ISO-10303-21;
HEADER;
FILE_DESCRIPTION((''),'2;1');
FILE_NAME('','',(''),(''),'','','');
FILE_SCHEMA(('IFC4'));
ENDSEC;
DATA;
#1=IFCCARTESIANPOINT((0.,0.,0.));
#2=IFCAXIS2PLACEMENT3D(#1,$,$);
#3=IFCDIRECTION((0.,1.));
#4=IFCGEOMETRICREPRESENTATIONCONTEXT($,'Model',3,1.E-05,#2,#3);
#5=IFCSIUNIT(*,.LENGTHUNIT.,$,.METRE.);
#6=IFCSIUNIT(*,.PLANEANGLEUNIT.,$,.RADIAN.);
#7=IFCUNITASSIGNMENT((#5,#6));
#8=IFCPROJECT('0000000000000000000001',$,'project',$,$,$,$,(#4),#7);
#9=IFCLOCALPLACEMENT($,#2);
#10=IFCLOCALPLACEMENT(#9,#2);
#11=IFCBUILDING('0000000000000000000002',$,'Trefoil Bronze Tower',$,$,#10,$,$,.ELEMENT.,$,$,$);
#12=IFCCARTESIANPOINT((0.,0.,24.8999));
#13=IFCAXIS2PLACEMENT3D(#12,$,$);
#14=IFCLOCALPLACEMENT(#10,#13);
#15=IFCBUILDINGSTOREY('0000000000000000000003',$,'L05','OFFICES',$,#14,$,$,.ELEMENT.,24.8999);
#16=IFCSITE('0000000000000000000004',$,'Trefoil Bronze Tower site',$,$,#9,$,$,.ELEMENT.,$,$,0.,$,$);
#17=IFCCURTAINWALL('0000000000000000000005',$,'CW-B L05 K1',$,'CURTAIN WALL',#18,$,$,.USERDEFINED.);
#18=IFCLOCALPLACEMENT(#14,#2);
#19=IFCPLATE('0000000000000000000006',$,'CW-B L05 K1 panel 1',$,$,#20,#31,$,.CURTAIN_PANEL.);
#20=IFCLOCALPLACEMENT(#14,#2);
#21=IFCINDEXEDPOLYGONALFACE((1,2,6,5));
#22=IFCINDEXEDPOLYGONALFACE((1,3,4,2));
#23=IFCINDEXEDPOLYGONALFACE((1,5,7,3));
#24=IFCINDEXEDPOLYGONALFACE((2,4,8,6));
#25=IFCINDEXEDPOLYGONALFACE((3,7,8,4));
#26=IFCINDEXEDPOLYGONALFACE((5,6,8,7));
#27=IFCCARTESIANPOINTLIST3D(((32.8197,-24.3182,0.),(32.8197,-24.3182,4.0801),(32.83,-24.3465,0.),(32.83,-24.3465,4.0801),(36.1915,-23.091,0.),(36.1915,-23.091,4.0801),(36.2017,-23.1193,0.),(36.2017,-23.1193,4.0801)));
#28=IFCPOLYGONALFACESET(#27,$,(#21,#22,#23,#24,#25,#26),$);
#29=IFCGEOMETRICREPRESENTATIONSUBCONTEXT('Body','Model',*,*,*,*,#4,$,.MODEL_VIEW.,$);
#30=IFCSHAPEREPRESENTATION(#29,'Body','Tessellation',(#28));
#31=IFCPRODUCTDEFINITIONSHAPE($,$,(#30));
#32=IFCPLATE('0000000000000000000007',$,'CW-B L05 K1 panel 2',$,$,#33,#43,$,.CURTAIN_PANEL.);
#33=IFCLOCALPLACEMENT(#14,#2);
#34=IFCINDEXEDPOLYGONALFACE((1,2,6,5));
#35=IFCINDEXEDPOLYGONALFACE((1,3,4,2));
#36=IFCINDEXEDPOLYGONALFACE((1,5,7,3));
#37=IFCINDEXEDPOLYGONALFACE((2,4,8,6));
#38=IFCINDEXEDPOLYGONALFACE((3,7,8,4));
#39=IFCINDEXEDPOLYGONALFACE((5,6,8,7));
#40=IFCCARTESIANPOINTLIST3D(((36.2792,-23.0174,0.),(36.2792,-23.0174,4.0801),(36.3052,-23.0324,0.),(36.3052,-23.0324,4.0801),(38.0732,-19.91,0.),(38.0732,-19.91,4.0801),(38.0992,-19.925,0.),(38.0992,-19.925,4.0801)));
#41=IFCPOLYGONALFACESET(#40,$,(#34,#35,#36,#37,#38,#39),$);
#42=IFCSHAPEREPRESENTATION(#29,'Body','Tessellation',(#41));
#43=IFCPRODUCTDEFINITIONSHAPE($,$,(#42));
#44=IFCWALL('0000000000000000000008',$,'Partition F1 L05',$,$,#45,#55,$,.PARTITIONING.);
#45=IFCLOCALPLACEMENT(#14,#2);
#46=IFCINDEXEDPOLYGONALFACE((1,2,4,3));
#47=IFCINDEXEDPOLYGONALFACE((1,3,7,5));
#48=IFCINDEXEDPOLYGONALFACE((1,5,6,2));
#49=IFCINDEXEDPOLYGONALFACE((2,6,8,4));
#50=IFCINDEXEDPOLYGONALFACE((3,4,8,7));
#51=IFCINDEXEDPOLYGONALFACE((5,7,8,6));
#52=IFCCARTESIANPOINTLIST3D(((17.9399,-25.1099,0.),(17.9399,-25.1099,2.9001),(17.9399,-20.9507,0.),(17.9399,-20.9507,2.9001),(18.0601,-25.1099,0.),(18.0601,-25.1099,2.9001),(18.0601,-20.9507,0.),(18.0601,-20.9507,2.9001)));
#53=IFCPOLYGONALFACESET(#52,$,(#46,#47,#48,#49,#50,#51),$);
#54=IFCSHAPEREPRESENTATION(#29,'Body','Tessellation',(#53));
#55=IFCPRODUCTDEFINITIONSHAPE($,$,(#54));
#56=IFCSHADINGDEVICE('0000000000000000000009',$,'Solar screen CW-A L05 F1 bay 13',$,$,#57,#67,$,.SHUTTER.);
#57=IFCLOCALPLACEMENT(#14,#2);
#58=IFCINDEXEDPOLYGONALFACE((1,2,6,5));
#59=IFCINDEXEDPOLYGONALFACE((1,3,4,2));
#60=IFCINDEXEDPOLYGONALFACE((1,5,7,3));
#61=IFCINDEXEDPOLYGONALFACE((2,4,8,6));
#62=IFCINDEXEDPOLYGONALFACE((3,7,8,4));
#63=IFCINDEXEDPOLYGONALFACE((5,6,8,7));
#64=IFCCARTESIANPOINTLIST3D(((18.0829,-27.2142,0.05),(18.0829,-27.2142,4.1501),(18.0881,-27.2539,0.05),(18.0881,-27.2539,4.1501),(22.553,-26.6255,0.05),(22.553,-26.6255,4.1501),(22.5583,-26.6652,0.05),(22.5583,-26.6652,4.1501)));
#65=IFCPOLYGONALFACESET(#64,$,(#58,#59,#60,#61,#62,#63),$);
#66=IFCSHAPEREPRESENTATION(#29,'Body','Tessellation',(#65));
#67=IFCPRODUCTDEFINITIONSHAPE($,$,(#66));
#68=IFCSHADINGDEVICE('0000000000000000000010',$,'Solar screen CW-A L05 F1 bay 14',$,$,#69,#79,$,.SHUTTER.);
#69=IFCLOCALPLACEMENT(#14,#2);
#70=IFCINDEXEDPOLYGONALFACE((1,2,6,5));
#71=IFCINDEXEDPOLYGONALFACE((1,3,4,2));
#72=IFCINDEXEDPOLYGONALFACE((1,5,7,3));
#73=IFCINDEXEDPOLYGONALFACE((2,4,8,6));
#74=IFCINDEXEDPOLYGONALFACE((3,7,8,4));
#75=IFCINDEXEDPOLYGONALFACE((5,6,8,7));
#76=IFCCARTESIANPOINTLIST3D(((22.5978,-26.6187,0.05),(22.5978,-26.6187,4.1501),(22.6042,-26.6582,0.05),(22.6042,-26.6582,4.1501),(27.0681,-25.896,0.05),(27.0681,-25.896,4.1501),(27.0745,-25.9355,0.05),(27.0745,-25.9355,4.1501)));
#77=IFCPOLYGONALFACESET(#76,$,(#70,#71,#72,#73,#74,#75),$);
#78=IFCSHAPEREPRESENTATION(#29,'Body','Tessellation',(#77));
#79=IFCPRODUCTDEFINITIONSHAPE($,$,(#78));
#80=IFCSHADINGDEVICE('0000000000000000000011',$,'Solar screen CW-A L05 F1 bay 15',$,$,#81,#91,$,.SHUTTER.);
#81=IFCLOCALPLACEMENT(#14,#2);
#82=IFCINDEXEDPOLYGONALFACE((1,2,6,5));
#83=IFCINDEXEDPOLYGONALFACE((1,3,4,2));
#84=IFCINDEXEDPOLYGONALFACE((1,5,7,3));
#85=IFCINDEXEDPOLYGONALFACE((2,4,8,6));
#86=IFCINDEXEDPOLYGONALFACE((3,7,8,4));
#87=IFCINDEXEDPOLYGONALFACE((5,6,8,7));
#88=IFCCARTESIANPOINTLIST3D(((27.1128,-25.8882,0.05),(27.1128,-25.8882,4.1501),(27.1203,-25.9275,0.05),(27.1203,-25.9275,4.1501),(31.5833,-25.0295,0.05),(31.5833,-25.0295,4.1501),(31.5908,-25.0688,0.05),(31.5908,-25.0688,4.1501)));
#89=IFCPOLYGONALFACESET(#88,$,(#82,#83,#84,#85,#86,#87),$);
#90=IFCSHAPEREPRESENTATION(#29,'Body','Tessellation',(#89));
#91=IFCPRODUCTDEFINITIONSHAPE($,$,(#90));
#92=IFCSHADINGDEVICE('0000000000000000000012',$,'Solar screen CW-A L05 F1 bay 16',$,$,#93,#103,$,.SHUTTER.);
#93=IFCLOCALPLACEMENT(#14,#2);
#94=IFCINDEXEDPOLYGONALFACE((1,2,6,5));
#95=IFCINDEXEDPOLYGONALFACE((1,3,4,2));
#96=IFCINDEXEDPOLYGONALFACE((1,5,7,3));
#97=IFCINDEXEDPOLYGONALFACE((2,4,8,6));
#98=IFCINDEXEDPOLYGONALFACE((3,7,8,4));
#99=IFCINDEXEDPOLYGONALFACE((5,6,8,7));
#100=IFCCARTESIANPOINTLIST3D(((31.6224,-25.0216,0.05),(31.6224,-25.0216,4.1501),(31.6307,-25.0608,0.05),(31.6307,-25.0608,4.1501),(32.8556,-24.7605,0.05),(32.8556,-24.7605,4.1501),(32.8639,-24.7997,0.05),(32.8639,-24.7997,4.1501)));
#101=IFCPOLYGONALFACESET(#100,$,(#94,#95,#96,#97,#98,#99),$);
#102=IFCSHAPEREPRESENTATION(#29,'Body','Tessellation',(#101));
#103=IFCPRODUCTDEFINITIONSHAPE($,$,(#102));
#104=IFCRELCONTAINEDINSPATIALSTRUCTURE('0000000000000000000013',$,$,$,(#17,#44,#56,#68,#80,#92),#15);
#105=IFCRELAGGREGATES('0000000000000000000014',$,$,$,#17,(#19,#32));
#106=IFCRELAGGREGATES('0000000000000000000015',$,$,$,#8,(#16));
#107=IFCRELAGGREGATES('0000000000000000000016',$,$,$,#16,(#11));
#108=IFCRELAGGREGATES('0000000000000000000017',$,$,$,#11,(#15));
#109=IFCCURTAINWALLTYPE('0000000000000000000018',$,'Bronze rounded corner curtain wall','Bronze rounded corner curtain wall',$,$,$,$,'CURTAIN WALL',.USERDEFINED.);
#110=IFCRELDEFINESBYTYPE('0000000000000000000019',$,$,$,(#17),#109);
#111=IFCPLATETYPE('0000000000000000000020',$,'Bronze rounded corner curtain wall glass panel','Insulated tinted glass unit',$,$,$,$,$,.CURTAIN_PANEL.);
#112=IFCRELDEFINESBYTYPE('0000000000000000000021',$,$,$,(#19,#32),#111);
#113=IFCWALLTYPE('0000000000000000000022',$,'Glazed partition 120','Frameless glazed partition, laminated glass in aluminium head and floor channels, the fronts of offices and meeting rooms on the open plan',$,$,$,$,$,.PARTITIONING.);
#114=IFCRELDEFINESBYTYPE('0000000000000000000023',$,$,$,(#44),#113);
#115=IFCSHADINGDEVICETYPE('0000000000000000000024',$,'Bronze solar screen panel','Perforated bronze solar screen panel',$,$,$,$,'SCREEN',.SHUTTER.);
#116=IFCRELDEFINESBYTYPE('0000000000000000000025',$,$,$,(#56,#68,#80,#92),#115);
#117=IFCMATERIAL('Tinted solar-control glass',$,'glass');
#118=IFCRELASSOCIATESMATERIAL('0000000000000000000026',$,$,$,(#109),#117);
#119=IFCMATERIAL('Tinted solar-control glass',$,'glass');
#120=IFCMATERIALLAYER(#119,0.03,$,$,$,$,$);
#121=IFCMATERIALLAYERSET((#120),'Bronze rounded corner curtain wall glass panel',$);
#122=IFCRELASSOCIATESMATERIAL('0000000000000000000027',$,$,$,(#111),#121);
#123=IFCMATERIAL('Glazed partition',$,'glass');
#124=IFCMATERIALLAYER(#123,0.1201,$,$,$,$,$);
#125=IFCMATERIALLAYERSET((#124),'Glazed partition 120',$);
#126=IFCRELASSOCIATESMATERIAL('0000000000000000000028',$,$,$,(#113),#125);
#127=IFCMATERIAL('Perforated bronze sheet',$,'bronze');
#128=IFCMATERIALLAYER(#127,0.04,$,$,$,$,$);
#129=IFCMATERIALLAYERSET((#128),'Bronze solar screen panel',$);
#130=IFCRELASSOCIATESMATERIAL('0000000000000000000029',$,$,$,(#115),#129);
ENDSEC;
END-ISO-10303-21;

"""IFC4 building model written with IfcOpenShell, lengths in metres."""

from ifc_helpers import new_model, si_unit, direction, frame, frame_2d, origin, origin_2d, place, context, subcontext, project, spatial, rectangle, extrude, material, layer, layer_set, type_object, element, aggregate, save


model = new_model("IFC4")

# Units and contexts
model_context = context("Model", 3, precision=1e-05, world=origin(), true_north=direction((0.0, 1.0)))
body_context = subcontext(model_context, "Body", "Model", "MODEL_VIEW")
ifc_project = project(units=[si_unit("LENGTHUNIT", "METRE"), si_unit("PLANEANGLEUNIT", "RADIAN")], contexts=[model_context])

# Site, building, storey
site_placement = place(None, origin())
site = spatial("IfcSite", under=ifc_project, at=site_placement, Name="Trefoil Bronze Tower site", CompositionType="ELEMENT", RefElevation=0.0)
building_placement = place(site_placement, origin())
building = spatial("IfcBuilding", under=site, at=building_placement, Name="Trefoil Bronze Tower", CompositionType="ELEMENT")
storey_placement = place(building_placement, frame((0.0, 0.0, 24.8999)))
storey = spatial("IfcBuildingStorey", under=building, at=storey_placement, Name="L05", Description="OFFICES", CompositionType="ELEMENT", Elevation=24.8999)

# Curtain wall
ifc_material_1 = material(Name="Tinted solar-control glass", Category="glass")
curtain_wall_type_1 = type_object("IfcCurtainWallType", Name="Bronze rounded corner curtain wall", Description="Bronze rounded corner curtain wall", ElementType="CURTAIN WALL", PredefinedType="USERDEFINED", material=ifc_material_1)
curtain_wall_1_placement = place(storey_placement, origin())
curtain_wall_1 = element("IfcCurtainWall", 1, at=curtain_wall_1_placement, inside=storey, type_object=curtain_wall_type_1, Name="CW-B L05 K1", ObjectType="CURTAIN WALL", PredefinedType="USERDEFINED")

# Plates
ifc_material_2 = material(Name="Tinted solar-control glass", Category="glass")
ifc_layer_1 = layer(ifc_material_2, 0.03)
ifc_layer_set_1 = layer_set([ifc_layer_1], Name="Bronze rounded corner curtain wall glass panel")
plate_type_1 = type_object("IfcPlateType", Name="Bronze rounded corner curtain wall glass panel", Description="Insulated tinted glass unit", PredefinedType="CURTAIN_PANEL", material=ifc_layer_set_1)
plate_1_placement = place(storey_placement, frame((34.5107, -23.7188, 0.0), z_axis=(0.0, 0.0, 1.0), x_axis=(0.939693, 0.34202, 0.0)))
plate_1 = element("IfcPlate", 2, at=plate_1_placement, type_object=plate_type_1, Name="CW-B L05 K1 panel 1", PredefinedType="CURTAIN_PANEL", context=body_context, shape_type="SweptSolid", body=[
    extrude(rectangle(XDim=3.5881, YDim=0.03, at=origin_2d()), origin(), (0.0, 0.0, 1.0), 4.0801),
])
plate_2_placement = place(storey_placement, frame((37.1892, -21.4712, 0.0), z_axis=(0.0, 0.0, 1.0), x_axis=(0.5, 0.866025, 0.0)))
plate_2 = element("IfcPlate", 3, at=plate_2_placement, type_object=plate_type_1, Name="CW-B L05 K1 panel 2", PredefinedType="CURTAIN_PANEL", context=body_context, shape_type="SweptSolid", body=[
    extrude(rectangle(XDim=3.5881, YDim=0.03, at=origin_2d()), origin(), (0.0, 0.0, 1.0), 4.0801),
])
aggregate(curtain_wall_1, [plate_1, plate_2])

# Wall
ifc_material_3 = material(Name="Glazed partition", Category="glass")
ifc_layer_2 = layer(ifc_material_3, 0.1201)
ifc_layer_set_2 = layer_set([ifc_layer_2], Name="Glazed partition 120")
wall_type = type_object("IfcWallType", Name="Glazed partition 120", Description="Frameless glazed partition, laminated glass in aluminium head and floor channels, the fronts of offices and meeting rooms on the open plan", PredefinedType="PARTITIONING", material=ifc_layer_set_2)
wall_placement = place(storey_placement, frame((18.0, -20.9507, 0.0), z_axis=(0.0, 0.0, 1.0), x_axis=(0.0, -1.0, 0.0)))
element("IfcWall", 4, at=wall_placement, inside=storey, type_object=wall_type, Name="Partition F1 L05", PredefinedType="PARTITIONING", context=body_context, shape_type="SweptSolid", body=[
    extrude(rectangle(XDim=4.1592, YDim=0.1201, at=frame_2d((2.0796, 0.0))), origin(), (0.0, 0.0, 1.0), 2.9001),
])

# Shading devices
ifc_material_4 = material(Name="Perforated bronze sheet", Category="bronze")
ifc_layer_3 = layer(ifc_material_4, 0.04)
ifc_layer_set_3 = layer_set([ifc_layer_3], Name="Bronze solar screen panel")
shading_device_type = type_object("IfcShadingDeviceType", Name="Bronze solar screen panel", Description="Perforated bronze solar screen panel", ElementType="SCREEN", PredefinedType="SHUTTER", material=ifc_layer_set_3)
shading_device_1_placement = place(storey_placement, frame((20.3206, -26.9397, 0.05), z_axis=(0.0, 0.0, 1.0), x_axis=(0.991437, 0.130584, 0.0)))
element("IfcShadingDevice", 5, at=shading_device_1_placement, inside=storey, type_object=shading_device_type, Name="Solar screen CW-A L05 F1 bay 13", PredefinedType="SHUTTER", context=body_context, shape_type="SweptSolid", body=[
    extrude(rectangle(XDim=4.5088, YDim=0.04, at=origin_2d()), origin(), (0.0, 0.0, 1.0), 4.1001),
])
shading_device_2_placement = place(storey_placement, frame((24.8362, -26.2771, 0.05), z_axis=(0.0, 0.0, 1.0), x_axis=(0.987181, 0.159603, 0.0)))
element("IfcShadingDevice", 6, at=shading_device_2_placement, inside=storey, type_object=shading_device_type, Name="Solar screen CW-A L05 F1 bay 14", PredefinedType="SHUTTER", context=body_context, shape_type="SweptSolid", body=[
    extrude(rectangle(XDim=4.5283, YDim=0.04, at=origin_2d()), origin(), (0.0, 0.0, 1.0), 4.1001),
])
shading_device_3_placement = place(storey_placement, frame((29.3518, -25.4785, 0.05), z_axis=(0.0, 0.0, 1.0), x_axis=(0.98205, 0.188622, 0.0)))
element("IfcShadingDevice", 7, at=shading_device_3_placement, inside=storey, type_object=shading_device_type, Name="Solar screen CW-A L05 F1 bay 15", PredefinedType="SHUTTER", context=body_context, shape_type="SweptSolid", body=[
    extrude(rectangle(XDim=4.5522, YDim=0.04, at=origin_2d()), origin(), (0.0, 0.0, 1.0), 4.1001),
])
shading_device_4_placement = place(storey_placement, frame((32.2432, -24.9106, 0.05), z_axis=(0.0, 0.0, 1.0), x_axis=(0.978303, 0.207181, 0.0)))
element("IfcShadingDevice", 8, at=shading_device_4_placement, inside=storey, type_object=shading_device_type, Name="Solar screen CW-A L05 F1 bay 16", PredefinedType="SHUTTER", context=body_context, shape_type="SweptSolid", body=[
    extrude(rectangle(XDim=1.2605, YDim=0.04, at=origin_2d()), origin(), (0.0, 0.0, 1.0), 4.1001),
])

save(model, "model.ifc")
